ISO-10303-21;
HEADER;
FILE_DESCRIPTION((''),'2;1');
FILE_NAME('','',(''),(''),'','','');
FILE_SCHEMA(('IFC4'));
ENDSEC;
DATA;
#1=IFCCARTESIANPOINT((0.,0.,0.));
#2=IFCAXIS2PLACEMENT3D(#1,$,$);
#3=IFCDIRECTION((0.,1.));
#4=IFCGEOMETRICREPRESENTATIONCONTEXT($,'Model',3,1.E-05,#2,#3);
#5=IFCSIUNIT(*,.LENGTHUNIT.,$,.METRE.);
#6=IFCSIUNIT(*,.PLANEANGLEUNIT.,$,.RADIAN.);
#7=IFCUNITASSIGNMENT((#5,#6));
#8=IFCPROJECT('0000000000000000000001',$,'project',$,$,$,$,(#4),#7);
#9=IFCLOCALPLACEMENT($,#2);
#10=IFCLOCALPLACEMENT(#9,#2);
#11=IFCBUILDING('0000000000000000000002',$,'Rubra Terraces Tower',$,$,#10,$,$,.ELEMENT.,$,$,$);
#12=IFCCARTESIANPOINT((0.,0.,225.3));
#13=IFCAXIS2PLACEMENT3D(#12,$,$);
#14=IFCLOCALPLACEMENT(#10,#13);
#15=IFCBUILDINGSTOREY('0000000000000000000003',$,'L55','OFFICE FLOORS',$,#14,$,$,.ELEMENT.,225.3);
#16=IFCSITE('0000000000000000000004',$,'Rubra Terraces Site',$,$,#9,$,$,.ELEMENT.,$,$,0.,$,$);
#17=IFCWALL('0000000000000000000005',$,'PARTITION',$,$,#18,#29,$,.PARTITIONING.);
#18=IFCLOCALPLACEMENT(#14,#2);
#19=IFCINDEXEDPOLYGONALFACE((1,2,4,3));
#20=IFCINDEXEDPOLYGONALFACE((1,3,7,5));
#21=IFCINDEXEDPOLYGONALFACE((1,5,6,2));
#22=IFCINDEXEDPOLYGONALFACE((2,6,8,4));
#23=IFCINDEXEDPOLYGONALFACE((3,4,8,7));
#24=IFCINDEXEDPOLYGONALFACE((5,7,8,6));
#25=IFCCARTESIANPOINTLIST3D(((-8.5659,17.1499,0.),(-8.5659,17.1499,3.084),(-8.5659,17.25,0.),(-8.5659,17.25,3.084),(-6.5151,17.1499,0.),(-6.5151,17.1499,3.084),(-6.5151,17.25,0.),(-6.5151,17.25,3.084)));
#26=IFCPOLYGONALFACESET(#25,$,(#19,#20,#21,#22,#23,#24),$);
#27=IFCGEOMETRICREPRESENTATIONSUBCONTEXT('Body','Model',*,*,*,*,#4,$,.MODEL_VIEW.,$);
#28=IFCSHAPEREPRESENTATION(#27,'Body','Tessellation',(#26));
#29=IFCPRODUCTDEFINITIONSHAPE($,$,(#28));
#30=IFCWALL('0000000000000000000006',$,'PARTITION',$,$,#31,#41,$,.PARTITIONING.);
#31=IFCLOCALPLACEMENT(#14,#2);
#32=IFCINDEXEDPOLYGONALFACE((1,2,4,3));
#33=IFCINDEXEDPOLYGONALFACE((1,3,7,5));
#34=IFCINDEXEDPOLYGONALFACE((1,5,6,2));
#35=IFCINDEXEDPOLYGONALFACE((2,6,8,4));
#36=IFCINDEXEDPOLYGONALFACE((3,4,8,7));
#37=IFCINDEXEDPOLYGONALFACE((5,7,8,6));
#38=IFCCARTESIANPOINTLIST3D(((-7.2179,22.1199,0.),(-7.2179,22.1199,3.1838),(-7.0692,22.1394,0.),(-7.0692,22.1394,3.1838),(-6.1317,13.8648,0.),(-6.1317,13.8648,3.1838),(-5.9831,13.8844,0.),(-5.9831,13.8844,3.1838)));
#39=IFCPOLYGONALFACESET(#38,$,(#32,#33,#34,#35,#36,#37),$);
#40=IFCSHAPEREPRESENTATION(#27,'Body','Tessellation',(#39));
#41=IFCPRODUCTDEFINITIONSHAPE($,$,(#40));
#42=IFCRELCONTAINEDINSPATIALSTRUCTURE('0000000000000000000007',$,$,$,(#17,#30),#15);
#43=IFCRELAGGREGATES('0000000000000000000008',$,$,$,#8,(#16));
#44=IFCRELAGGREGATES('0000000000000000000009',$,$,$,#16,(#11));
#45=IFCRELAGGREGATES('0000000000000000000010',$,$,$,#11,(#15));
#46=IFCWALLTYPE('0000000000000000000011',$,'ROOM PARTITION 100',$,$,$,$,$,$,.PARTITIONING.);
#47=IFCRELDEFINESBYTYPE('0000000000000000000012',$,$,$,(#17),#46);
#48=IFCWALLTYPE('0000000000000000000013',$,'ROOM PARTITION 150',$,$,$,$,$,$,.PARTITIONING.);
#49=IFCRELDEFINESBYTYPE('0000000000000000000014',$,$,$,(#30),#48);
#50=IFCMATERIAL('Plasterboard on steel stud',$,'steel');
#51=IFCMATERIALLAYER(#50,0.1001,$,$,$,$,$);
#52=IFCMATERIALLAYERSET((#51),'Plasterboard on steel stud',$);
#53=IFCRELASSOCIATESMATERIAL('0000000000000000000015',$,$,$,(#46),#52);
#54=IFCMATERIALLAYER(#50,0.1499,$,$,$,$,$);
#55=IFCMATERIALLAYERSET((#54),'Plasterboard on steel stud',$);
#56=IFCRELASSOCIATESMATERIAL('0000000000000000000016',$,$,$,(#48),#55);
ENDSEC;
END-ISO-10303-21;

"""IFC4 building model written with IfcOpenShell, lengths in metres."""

from ifc_helpers import new_model, si_unit, direction, frame, frame_2d, origin, place, context, subcontext, project, spatial, rectangle, extrude, material, layer, layer_set, type_object, element, save


model = new_model("IFC4")

# Units and contexts
model_context = context("Model", 3, precision=1e-05, world=origin(), true_north=direction((0.0, 1.0)))
body_context = subcontext(model_context, "Body", "Model", "MODEL_VIEW")
ifc_project = project(units=[si_unit("LENGTHUNIT", "METRE"), si_unit("PLANEANGLEUNIT", "RADIAN")], contexts=[model_context])

# Site, building, storey
site_placement = place(None, origin())
site = spatial("IfcSite", under=ifc_project, at=site_placement, Name="Rubra Terraces Site", CompositionType="ELEMENT", RefElevation=0.0)
building_placement = place(site_placement, origin())
building = spatial("IfcBuilding", under=site, at=building_placement, Name="Rubra Terraces Tower", CompositionType="ELEMENT")
storey_placement = place(building_placement, frame((0.0, 0.0, 225.3)))
storey = spatial("IfcBuildingStorey", under=building, at=storey_placement, Name="L55", Description="OFFICE FLOORS", CompositionType="ELEMENT", Elevation=225.3)

# Walls
ifc_material_1 = material(Name="Plasterboard on steel stud", Category="steel")
ifc_layer_1 = layer(ifc_material_1, 0.1001)
ifc_layer_set_1 = layer_set([ifc_layer_1], Name="Plasterboard on steel stud")
wall_type_1 = type_object("IfcWallType", Name="ROOM PARTITION 100", PredefinedType="PARTITIONING", material=ifc_layer_set_1)
wall_1_placement = place(storey_placement, frame((-8.5659, 17.2, 0.0), z_axis=(0.0, 0.0, 1.0), x_axis=(1.0, 0.0, 0.0)))
element("IfcWall", 1, at=wall_1_placement, inside=storey, type_object=wall_type_1, Name="PARTITION", PredefinedType="PARTITIONING", context=body_context, shape_type="SweptSolid", body=[
    extrude(rectangle(XDim=2.0508, YDim=0.1001, at=frame_2d((1.0254, 0.0))), origin(), (0.0, 0.0, 1.0), 3.084),
])
ifc_layer_2 = layer(ifc_material_1, 0.1499)
ifc_layer_set_2 = layer_set([ifc_layer_2], Name="Plasterboard on steel stud")
wall_type_2 = type_object("IfcWallType", Name="ROOM PARTITION 150", PredefinedType="PARTITIONING", material=ifc_layer_set_2)
wall_2_placement = place(storey_placement, frame((-7.1436, 22.1296, 0.0), z_axis=(0.0, 0.0, 1.0), x_axis=(0.130452, -0.991455, 0.0)))
element("IfcWall", 2, at=wall_2_placement, inside=storey, type_object=wall_type_2, Name="PARTITION", PredefinedType="PARTITIONING", context=body_context, shape_type="SweptSolid", body=[
    extrude(rectangle(XDim=8.3262, YDim=0.1499, at=frame_2d((4.1631, 0.0))), origin(), (0.0, 0.0, 1.0), 3.1838),
])

save(model, "model.ifc")
